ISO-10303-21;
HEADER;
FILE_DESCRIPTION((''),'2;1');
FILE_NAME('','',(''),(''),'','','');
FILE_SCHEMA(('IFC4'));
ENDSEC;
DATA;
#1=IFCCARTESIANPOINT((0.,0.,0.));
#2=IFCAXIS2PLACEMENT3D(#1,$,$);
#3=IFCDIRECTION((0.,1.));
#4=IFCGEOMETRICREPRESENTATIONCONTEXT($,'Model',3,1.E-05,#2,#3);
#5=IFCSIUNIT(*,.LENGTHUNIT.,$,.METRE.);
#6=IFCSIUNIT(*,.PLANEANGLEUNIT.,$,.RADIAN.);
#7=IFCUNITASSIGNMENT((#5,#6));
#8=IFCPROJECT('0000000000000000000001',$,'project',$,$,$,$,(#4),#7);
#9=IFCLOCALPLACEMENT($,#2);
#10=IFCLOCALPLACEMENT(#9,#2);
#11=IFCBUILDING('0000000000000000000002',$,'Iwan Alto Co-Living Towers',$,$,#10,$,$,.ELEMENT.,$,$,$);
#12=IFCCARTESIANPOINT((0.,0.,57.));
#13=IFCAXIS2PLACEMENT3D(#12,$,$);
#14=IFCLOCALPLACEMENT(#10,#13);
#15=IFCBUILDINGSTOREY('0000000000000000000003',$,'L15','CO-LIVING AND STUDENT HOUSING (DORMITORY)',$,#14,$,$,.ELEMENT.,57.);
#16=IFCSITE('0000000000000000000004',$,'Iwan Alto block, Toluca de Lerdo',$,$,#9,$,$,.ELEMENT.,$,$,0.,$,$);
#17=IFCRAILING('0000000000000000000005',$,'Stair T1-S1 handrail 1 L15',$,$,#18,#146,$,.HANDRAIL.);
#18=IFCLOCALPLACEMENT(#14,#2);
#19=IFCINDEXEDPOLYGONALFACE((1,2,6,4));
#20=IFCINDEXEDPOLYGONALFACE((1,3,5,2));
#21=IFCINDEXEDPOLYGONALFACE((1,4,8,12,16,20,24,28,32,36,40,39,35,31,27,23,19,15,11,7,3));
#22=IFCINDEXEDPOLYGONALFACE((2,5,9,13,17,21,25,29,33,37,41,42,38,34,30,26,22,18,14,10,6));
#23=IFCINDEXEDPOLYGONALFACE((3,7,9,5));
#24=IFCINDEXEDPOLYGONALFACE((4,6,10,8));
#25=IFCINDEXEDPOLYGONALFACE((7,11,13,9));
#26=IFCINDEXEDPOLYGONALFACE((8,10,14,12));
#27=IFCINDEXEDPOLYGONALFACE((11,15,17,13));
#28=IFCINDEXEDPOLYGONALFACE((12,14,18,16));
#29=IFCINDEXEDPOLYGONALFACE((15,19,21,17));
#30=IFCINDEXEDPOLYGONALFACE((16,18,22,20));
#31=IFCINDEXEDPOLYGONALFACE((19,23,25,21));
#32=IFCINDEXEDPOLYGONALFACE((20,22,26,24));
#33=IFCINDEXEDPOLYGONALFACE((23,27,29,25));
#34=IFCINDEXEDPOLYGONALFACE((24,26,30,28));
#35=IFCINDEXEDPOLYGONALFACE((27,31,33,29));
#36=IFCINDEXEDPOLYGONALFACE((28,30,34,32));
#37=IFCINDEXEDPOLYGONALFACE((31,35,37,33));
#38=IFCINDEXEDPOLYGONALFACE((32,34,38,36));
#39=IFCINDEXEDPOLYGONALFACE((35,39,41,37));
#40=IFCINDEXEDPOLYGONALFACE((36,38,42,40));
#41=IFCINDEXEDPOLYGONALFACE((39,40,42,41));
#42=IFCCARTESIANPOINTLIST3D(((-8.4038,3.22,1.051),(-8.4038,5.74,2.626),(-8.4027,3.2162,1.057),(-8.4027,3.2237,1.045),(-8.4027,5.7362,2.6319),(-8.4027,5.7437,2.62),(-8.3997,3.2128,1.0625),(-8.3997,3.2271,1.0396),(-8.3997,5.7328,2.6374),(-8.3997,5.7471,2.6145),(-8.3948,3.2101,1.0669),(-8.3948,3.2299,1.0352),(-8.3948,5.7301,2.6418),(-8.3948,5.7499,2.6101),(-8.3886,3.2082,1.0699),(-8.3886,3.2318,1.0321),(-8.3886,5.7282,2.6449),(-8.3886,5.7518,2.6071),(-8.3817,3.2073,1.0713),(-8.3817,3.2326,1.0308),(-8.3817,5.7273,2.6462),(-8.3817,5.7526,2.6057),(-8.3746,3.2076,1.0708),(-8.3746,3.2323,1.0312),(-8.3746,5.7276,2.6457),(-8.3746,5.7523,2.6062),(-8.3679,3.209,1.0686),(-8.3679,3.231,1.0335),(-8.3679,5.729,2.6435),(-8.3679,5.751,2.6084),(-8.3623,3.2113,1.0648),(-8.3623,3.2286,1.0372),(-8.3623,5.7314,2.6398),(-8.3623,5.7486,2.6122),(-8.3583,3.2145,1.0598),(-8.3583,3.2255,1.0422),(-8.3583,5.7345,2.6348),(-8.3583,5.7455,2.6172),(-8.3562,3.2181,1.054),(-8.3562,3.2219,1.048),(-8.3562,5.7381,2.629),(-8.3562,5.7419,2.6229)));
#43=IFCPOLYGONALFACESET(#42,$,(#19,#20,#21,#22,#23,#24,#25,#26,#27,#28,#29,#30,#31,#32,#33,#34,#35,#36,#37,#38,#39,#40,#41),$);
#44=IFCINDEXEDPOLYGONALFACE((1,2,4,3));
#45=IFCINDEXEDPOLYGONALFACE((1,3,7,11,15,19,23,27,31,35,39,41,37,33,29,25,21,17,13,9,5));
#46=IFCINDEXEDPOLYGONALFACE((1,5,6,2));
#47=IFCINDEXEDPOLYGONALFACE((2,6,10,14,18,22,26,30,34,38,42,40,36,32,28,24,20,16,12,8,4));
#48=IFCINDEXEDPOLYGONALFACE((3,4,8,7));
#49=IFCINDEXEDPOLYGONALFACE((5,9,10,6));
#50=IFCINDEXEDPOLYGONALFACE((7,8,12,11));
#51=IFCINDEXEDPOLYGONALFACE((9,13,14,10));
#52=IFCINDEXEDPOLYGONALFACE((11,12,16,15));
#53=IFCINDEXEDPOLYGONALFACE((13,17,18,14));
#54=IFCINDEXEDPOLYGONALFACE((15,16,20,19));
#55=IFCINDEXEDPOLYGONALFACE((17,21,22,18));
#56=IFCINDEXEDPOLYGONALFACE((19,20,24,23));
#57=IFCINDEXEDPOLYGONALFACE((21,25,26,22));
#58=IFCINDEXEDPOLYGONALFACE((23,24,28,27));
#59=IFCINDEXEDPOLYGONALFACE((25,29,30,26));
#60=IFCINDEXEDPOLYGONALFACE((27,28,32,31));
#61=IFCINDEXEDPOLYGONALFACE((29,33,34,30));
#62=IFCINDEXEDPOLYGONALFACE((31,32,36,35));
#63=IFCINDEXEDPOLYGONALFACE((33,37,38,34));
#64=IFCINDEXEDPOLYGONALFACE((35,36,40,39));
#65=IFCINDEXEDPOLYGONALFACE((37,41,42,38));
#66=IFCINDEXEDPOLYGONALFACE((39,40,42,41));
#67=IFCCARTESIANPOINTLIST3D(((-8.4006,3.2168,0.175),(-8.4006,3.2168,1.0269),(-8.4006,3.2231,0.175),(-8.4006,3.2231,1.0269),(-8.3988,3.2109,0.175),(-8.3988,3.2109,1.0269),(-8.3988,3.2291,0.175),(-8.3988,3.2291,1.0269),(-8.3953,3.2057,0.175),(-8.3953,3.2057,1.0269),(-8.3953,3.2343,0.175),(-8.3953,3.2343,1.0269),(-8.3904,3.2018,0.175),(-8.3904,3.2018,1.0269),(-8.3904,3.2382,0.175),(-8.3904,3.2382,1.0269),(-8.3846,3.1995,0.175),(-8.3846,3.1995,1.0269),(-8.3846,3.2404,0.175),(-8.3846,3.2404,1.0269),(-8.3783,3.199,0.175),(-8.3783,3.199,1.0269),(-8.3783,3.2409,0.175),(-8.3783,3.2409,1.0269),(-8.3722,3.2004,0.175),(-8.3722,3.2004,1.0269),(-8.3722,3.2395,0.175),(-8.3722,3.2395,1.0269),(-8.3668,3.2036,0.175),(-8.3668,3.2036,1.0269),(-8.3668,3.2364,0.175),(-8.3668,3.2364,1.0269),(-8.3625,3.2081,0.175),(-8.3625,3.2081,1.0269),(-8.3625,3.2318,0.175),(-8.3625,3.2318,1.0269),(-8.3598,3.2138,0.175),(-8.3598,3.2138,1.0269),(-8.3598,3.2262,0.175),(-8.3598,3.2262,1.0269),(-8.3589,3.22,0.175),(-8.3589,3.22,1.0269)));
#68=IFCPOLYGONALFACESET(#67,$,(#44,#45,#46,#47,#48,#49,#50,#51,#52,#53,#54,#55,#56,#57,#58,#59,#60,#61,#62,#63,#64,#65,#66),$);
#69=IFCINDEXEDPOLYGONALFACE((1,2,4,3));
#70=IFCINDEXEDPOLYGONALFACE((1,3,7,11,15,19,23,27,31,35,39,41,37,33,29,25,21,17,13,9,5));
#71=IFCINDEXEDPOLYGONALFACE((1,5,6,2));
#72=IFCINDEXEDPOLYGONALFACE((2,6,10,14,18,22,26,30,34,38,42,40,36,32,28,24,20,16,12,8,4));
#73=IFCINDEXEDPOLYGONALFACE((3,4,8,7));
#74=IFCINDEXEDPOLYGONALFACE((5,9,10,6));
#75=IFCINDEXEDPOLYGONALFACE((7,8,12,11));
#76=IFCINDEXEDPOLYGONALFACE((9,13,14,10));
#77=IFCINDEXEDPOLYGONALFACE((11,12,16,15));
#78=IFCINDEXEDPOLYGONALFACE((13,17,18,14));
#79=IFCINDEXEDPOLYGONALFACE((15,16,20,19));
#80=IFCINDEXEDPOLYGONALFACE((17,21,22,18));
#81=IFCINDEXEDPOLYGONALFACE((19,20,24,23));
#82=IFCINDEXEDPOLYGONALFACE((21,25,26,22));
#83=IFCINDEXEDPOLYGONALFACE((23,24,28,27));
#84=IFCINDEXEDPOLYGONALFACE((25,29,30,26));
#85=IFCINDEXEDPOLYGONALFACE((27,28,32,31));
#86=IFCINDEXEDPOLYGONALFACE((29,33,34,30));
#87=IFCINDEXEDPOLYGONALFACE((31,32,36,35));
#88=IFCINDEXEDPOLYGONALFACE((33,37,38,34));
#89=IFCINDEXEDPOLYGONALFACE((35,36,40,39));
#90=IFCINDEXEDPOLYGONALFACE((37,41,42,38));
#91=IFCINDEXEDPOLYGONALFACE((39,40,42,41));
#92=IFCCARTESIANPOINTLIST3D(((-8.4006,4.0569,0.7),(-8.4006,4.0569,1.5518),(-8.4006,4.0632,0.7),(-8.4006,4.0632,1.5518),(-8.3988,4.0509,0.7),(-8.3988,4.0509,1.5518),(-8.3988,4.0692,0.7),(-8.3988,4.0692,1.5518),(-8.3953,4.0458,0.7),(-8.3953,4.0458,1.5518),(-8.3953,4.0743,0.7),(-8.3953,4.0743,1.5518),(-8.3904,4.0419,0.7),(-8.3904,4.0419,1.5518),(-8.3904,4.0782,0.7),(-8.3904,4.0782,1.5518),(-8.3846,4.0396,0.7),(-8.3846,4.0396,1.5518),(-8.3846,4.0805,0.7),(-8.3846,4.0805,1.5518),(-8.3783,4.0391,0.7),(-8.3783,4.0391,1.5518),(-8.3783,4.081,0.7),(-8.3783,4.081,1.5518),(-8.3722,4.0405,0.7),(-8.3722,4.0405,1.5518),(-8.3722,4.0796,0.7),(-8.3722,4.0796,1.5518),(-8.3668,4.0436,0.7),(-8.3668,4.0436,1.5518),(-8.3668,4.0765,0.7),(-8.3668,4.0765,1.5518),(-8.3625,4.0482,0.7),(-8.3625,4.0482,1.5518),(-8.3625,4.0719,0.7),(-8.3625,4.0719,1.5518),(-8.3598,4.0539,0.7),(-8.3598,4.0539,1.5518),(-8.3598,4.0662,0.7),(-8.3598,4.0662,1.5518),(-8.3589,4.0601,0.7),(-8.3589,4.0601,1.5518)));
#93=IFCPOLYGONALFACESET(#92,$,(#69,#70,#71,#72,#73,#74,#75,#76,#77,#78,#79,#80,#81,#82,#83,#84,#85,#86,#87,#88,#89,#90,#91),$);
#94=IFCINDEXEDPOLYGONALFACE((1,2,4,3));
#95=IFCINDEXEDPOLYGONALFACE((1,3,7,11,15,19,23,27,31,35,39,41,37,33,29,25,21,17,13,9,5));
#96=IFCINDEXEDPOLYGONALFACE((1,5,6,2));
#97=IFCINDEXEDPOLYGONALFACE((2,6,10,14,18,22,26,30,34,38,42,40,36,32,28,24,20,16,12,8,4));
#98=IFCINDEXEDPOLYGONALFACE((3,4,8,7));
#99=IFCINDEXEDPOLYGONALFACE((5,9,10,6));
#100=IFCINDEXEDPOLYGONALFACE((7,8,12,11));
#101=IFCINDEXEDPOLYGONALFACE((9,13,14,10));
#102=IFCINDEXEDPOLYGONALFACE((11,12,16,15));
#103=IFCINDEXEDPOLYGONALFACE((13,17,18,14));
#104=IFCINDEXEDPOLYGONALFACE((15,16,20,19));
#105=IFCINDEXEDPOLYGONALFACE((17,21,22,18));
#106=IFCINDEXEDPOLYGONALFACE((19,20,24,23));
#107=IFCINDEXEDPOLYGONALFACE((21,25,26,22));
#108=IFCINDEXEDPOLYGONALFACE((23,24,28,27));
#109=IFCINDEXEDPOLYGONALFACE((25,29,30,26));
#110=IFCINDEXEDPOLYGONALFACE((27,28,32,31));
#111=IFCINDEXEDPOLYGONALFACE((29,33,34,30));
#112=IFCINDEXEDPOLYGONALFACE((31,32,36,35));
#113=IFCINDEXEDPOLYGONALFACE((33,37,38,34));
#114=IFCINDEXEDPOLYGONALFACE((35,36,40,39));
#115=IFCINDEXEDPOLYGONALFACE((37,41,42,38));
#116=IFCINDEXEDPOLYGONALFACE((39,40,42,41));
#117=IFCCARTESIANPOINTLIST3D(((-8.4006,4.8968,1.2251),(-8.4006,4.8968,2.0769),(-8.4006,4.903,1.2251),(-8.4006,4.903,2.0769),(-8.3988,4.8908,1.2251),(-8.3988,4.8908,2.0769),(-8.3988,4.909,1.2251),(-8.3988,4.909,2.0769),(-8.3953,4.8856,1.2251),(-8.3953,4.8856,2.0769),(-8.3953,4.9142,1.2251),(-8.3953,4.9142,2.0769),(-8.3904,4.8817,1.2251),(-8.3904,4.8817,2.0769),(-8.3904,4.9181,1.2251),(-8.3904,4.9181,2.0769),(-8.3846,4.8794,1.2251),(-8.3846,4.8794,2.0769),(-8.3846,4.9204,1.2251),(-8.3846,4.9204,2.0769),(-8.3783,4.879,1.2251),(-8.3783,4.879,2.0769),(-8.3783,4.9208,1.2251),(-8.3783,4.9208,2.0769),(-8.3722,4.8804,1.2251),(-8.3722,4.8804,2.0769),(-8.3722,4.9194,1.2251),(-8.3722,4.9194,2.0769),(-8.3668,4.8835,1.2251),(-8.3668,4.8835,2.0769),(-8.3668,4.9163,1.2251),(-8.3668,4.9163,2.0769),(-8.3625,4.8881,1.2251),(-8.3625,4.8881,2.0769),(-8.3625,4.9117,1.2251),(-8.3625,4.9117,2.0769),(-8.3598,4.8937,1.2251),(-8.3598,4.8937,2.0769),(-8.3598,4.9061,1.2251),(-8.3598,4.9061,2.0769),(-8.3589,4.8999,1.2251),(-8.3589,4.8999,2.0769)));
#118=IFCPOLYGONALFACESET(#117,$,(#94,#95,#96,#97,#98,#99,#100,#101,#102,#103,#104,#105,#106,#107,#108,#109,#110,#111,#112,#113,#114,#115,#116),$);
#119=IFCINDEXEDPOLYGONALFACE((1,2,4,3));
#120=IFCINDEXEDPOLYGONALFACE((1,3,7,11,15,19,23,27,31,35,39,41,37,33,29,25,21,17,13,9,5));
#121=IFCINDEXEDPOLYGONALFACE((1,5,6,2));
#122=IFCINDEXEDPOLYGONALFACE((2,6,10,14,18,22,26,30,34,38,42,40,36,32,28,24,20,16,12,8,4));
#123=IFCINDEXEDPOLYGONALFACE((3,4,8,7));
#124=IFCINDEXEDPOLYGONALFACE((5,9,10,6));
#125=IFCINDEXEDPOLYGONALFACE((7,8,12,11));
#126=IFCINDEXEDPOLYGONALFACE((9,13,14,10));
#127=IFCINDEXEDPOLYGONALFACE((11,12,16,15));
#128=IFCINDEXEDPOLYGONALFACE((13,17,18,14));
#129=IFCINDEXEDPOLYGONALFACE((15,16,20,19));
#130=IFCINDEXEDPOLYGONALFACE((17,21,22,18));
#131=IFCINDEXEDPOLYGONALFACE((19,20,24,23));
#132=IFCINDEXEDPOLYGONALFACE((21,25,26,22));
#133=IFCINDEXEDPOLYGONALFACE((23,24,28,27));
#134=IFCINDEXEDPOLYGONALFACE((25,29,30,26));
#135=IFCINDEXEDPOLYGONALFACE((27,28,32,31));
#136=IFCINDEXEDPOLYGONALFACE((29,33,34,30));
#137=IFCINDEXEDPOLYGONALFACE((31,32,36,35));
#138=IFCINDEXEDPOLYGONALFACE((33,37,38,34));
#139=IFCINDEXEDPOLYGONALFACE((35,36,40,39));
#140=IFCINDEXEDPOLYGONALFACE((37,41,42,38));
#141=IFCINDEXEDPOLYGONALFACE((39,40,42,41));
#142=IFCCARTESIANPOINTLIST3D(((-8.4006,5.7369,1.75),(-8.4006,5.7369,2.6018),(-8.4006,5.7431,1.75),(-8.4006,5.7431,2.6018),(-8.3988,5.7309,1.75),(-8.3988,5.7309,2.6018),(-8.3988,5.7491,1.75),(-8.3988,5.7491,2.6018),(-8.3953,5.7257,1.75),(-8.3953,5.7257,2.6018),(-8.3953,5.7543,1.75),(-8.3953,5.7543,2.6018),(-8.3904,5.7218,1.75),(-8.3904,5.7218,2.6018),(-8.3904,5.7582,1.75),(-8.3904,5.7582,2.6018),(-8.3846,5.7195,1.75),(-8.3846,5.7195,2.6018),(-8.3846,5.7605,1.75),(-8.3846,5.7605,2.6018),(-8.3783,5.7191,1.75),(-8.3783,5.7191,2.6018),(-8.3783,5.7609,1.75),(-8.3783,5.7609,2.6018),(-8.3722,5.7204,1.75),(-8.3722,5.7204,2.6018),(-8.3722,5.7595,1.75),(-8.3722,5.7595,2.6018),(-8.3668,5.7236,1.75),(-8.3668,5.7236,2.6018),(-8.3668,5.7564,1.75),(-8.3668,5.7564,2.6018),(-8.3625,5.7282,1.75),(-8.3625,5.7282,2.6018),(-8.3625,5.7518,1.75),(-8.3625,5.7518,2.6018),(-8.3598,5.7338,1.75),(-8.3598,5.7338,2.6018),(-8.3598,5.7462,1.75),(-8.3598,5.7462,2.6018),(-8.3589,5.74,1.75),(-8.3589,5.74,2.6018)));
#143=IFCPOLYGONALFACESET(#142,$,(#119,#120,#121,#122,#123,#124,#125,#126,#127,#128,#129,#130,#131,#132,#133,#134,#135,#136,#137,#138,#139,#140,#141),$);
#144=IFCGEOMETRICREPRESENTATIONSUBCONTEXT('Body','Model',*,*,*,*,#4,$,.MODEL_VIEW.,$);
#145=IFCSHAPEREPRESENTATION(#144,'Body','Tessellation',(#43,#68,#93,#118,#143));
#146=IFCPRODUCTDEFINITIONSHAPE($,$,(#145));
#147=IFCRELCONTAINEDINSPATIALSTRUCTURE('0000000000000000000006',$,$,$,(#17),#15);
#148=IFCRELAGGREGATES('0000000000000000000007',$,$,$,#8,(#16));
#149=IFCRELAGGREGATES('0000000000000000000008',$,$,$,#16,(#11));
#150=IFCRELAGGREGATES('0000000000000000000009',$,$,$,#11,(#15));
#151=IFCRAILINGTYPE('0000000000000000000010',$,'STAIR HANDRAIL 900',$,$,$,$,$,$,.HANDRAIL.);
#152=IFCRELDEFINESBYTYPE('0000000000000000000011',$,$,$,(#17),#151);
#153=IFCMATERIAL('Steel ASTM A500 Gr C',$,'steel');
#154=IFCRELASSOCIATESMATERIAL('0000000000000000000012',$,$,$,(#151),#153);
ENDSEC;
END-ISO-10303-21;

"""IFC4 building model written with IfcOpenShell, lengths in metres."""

from ifc_helpers import new_model, si_unit, direction, frame, origin, origin_2d, place, context, subcontext, project, spatial, circle, extrude, material, type_object, element, save


model = new_model("IFC4")

# Units and contexts
model_context = context("Model", 3, precision=1e-05, world=origin(), true_north=direction((0.0, 1.0)))
body_context = subcontext(model_context, "Body", "Model", "MODEL_VIEW")
ifc_project = project(units=[si_unit("LENGTHUNIT", "METRE"), si_unit("PLANEANGLEUNIT", "RADIAN")], contexts=[model_context])

# Site, building, storey
site_placement = place(None, origin())
site = spatial("IfcSite", under=ifc_project, at=site_placement, Name="Iwan Alto block, Toluca de Lerdo", CompositionType="ELEMENT", RefElevation=0.0)
building_placement = place(site_placement, origin())
building = spatial("IfcBuilding", under=site, at=building_placement, Name="Iwan Alto Co-Living Towers", CompositionType="ELEMENT")
storey_placement = place(building_placement, frame((0.0, 0.0, 57.0)))
storey = spatial("IfcBuildingStorey", under=building, at=storey_placement, Name="L15", Description="CO-LIVING AND STUDENT HOUSING (DORMITORY)", CompositionType="ELEMENT", Elevation=57.0)

# Railing
ifc_material_1 = material(Name="Steel ASTM A500 Gr C", Category="steel")
railing_type_1 = type_object("IfcRailingType", Name="STAIR HANDRAIL 900", PredefinedType="HANDRAIL", material=ifc_material_1)
railing_1_placement = place(storey_placement, frame((-8.3799, 3.22, 0.175)))
element("IfcRailing", 1, at=railing_1_placement, inside=storey, type_object=railing_type_1, Name="Stair T1-S1 handrail 1 L15", PredefinedType="HANDRAIL", context=body_context, shape_type="SweptSolid", body=[
    extrude(circle(Radius=0.0239, at=origin_2d()), frame((0.0, 0.0, 0.876), z_axis=(0.0, 0.848008, 0.529984), x_axis=(-1.0, 0.0, 0.0)), (0.0, 0.0, 1.0), 2.9717),
    extrude(circle(Radius=0.021, at=origin_2d()), origin(), (0.0, 0.0, 1.0), 0.8518),
    extrude(circle(Radius=0.021, at=origin_2d()), frame((0.0, 0.8401, 0.5249)), (0.0, 0.0, 1.0), 0.8518),
    extrude(circle(Radius=0.021, at=origin_2d()), frame((0.0, 1.6799, 1.05)), (0.0, 0.0, 1.0), 0.8518),
    extrude(circle(Radius=0.021, at=origin_2d()), frame((0.0, 2.52, 1.575)), (0.0, 0.0, 1.0), 0.8518),
])

save(model, "model.ifc")
